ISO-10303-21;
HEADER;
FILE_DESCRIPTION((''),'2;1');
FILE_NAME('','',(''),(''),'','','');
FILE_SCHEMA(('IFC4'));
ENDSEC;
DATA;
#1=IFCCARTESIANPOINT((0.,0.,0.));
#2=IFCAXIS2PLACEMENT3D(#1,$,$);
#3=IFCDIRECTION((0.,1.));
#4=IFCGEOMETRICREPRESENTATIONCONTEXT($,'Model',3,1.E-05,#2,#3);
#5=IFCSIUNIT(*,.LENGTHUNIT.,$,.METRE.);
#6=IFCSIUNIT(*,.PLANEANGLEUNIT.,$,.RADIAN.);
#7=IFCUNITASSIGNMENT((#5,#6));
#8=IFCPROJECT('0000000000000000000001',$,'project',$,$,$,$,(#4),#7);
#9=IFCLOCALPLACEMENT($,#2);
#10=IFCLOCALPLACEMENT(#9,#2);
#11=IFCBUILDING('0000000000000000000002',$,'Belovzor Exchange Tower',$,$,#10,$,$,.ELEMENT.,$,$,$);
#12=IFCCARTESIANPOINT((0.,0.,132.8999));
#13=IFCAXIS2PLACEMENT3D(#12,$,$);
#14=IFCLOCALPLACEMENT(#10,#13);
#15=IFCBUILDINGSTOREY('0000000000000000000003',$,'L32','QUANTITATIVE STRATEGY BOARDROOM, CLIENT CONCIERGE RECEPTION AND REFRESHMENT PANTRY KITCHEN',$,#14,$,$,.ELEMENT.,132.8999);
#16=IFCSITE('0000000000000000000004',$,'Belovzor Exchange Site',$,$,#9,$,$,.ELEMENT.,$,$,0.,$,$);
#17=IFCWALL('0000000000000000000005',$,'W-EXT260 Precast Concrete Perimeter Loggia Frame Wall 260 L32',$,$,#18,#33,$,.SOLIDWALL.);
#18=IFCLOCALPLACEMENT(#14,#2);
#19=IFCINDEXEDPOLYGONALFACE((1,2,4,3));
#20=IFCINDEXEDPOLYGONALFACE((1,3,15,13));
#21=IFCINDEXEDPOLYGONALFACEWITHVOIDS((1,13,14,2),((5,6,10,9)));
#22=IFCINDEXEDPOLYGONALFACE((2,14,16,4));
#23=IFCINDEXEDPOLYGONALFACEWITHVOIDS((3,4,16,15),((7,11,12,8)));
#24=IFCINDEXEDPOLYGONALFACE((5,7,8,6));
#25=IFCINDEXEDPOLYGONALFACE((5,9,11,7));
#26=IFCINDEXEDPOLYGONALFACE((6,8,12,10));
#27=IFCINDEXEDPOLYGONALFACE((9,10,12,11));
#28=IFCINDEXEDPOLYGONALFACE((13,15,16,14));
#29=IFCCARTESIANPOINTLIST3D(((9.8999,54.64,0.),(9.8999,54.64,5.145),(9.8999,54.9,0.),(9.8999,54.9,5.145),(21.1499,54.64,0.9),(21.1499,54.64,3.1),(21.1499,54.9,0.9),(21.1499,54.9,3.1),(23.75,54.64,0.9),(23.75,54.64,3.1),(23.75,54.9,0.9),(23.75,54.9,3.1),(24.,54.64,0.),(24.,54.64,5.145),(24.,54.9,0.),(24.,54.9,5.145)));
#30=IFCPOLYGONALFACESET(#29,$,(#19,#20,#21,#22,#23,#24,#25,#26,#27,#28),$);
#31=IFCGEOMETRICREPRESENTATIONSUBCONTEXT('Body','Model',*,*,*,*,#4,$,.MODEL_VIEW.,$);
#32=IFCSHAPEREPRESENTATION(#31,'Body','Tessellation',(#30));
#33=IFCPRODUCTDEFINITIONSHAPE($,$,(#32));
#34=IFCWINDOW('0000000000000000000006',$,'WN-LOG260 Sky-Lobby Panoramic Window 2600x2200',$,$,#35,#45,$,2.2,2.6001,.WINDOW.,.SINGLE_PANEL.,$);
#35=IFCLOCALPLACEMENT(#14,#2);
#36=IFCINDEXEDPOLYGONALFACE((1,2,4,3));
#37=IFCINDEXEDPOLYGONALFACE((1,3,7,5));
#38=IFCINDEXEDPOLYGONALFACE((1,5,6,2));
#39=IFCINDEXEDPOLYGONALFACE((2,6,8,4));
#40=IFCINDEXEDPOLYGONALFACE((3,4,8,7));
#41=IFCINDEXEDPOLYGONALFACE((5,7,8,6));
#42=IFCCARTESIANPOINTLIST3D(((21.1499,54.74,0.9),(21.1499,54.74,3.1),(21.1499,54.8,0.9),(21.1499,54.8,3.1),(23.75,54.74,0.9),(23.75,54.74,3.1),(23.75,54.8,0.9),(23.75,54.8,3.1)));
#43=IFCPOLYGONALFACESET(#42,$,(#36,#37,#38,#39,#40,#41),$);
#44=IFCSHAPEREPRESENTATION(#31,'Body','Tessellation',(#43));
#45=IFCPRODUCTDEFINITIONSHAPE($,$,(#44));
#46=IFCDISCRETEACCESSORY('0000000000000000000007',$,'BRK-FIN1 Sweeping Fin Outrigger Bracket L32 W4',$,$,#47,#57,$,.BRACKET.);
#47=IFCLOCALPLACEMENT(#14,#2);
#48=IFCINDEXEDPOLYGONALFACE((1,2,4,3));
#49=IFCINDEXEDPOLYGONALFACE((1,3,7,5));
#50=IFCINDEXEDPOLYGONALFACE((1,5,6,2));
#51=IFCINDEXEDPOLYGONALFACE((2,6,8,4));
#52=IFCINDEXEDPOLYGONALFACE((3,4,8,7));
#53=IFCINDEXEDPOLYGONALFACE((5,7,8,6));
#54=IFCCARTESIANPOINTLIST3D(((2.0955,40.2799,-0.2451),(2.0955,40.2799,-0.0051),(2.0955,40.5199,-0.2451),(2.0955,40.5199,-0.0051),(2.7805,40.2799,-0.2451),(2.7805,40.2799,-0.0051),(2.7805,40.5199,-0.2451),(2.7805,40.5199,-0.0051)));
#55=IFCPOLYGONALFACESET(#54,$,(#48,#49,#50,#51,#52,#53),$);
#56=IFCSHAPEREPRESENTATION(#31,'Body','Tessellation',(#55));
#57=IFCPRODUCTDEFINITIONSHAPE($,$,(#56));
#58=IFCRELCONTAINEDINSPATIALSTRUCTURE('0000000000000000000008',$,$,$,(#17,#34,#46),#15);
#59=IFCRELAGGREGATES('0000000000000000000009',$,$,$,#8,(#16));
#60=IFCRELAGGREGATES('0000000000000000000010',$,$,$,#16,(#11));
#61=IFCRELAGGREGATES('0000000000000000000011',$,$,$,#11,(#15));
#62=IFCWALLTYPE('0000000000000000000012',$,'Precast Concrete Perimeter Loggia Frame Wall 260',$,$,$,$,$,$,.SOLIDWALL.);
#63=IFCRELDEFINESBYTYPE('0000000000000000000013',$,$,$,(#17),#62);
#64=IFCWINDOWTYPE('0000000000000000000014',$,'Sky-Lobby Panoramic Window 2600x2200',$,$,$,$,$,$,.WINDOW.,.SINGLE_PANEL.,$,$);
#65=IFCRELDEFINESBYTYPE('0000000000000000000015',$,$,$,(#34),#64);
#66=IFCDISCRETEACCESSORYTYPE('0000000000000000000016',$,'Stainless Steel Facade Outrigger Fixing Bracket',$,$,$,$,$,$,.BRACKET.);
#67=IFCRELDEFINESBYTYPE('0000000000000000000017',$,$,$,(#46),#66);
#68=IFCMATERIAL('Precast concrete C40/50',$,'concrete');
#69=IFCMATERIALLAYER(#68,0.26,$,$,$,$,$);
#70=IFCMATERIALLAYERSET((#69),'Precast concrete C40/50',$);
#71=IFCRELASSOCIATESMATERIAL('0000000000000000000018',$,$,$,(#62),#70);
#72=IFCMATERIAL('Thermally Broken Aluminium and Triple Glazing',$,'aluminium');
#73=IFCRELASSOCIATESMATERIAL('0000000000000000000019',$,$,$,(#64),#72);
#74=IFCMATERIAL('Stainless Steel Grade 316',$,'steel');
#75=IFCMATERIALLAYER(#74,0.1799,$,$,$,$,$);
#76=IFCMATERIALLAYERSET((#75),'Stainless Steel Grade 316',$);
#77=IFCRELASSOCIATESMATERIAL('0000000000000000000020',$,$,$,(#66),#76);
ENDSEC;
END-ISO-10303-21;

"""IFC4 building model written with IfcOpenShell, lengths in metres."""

from ifc_helpers import new_model, si_unit, direction, frame, frame_2d, origin, origin_2d, place, context, subcontext, project, spatial, rectangle, extrude, material, layer, layer_set, type_object, element, fill, save


model = new_model("IFC4")

# Units and contexts
model_context = context("Model", 3, precision=1e-05, world=origin(), true_north=direction((0.0, 1.0)))
body_context = subcontext(model_context, "Body", "Model", "MODEL_VIEW")
ifc_project = project(units=[si_unit("LENGTHUNIT", "METRE"), si_unit("PLANEANGLEUNIT", "RADIAN")], contexts=[model_context])

# Site, building, storey
site_placement = place(None, origin())
site = spatial("IfcSite", under=ifc_project, at=site_placement, Name="Belovzor Exchange Site", CompositionType="ELEMENT", RefElevation=0.0)
building_placement = place(site_placement, origin())
building = spatial("IfcBuilding", under=site, at=building_placement, Name="Belovzor Exchange Tower", CompositionType="ELEMENT")
storey_placement = place(building_placement, frame((0.0, 0.0, 132.8999)))
storey = spatial("IfcBuildingStorey", under=building, at=storey_placement, Name="L32", Description="QUANTITATIVE STRATEGY BOARDROOM, CLIENT CONCIERGE RECEPTION AND REFRESHMENT PANTRY KITCHEN", CompositionType="ELEMENT", Elevation=132.8999)

# Wall, opening, window
ifc_material_1 = material(Name="Precast concrete C40/50", Category="concrete")
ifc_layer_1 = layer(ifc_material_1, 0.26)
ifc_layer_set_1 = layer_set([ifc_layer_1], Name="Precast concrete C40/50")
wall_type_1 = type_object("IfcWallType", Name="Precast Concrete Perimeter Loggia Frame Wall 260", PredefinedType="SOLIDWALL", material=ifc_layer_set_1)
wall_1_placement = place(storey_placement, frame((9.8999, 54.77, 0.0), z_axis=(0.0, 0.0, 1.0), x_axis=(1.0, 0.0, 0.0)))
wall_1 = element("IfcWall", 1, at=wall_1_placement, inside=storey, type_object=wall_type_1, Name="W-EXT260 Precast Concrete Perimeter Loggia Frame Wall 260 L32", PredefinedType="SOLIDWALL", context=body_context, shape_type="SweptSolid", body=[
    extrude(rectangle(XDim=14.1001, YDim=0.26, at=frame_2d((7.05, 0.0))), origin(), (0.0, 0.0, 1.0), 5.145),
])
opening_1_placement = place(wall_1_placement, frame((11.25, 0.0, 0.8999)))
opening_1 = element("IfcOpeningElement", 2, at=opening_1_placement, cuts=wall_1, PredefinedType="OPENING", context=body_context, shape_type="SweptSolid", body=[
    extrude(rectangle(XDim=2.6001, YDim=2.2, at=frame_2d((1.3, 1.1001))), frame((0.0, 0.1399, 0.0), z_axis=(0.0, -1.0, 0.0), x_axis=(1.0, 0.0, 0.0)), (0.0, 0.0, 1.0), 0.28),
])
ifc_material_2 = material(Name="Thermally Broken Aluminium and Triple Glazing", Category="aluminium")
window_type_1 = type_object("IfcWindowType", Name="Sky-Lobby Panoramic Window 2600x2200", PartitioningType="SINGLE_PANEL", PredefinedType="WINDOW", material=ifc_material_2)
window_1_placement = place(opening_1_placement, origin())
window_1 = element("IfcWindow", 3, at=window_1_placement, inside=storey, type_object=window_type_1, Name="WN-LOG260 Sky-Lobby Panoramic Window 2600x2200", OverallHeight=2.2, OverallWidth=2.6001, PartitioningType="SINGLE_PANEL", PredefinedType="WINDOW", context=body_context, shape_type="SweptSolid", body=[
    extrude(rectangle(XDim=2.6001, YDim=2.2, at=frame_2d((1.3, 1.1001))), frame((0.0, 0.03, 0.0), z_axis=(0.0, -1.0, 0.0), x_axis=(1.0, 0.0, 0.0)), (0.0, 0.0, 1.0), 0.0601),
])
fill(opening_1, window_1)

# Discrete accessory
ifc_material_3 = material(Name="Stainless Steel Grade 316", Category="steel")
ifc_layer_2 = layer(ifc_material_3, 0.1799)
ifc_layer_set_2 = layer_set([ifc_layer_2], Name="Stainless Steel Grade 316")
discrete_accessory_type = type_object("IfcDiscreteAccessoryType", Name="Stainless Steel Facade Outrigger Fixing Bracket", PredefinedType="BRACKET", material=ifc_layer_set_2)
discrete_accessory_placement = place(storey_placement, frame((2.438, 40.3999, -0.2451), z_axis=(0.0, 0.0, 1.0), x_axis=(1.0, 0.0, 0.0)))
element("IfcDiscreteAccessory", 4, at=discrete_accessory_placement, inside=storey, type_object=discrete_accessory_type, Name="BRK-FIN1 Sweeping Fin Outrigger Bracket L32 W4", PredefinedType="BRACKET", context=body_context, shape_type="SweptSolid", body=[
    extrude(rectangle(XDim=0.6851, YDim=0.24, at=origin_2d()), origin(), (0.0, 0.0, 1.0), 0.24),
])

save(model, "model.ifc")
